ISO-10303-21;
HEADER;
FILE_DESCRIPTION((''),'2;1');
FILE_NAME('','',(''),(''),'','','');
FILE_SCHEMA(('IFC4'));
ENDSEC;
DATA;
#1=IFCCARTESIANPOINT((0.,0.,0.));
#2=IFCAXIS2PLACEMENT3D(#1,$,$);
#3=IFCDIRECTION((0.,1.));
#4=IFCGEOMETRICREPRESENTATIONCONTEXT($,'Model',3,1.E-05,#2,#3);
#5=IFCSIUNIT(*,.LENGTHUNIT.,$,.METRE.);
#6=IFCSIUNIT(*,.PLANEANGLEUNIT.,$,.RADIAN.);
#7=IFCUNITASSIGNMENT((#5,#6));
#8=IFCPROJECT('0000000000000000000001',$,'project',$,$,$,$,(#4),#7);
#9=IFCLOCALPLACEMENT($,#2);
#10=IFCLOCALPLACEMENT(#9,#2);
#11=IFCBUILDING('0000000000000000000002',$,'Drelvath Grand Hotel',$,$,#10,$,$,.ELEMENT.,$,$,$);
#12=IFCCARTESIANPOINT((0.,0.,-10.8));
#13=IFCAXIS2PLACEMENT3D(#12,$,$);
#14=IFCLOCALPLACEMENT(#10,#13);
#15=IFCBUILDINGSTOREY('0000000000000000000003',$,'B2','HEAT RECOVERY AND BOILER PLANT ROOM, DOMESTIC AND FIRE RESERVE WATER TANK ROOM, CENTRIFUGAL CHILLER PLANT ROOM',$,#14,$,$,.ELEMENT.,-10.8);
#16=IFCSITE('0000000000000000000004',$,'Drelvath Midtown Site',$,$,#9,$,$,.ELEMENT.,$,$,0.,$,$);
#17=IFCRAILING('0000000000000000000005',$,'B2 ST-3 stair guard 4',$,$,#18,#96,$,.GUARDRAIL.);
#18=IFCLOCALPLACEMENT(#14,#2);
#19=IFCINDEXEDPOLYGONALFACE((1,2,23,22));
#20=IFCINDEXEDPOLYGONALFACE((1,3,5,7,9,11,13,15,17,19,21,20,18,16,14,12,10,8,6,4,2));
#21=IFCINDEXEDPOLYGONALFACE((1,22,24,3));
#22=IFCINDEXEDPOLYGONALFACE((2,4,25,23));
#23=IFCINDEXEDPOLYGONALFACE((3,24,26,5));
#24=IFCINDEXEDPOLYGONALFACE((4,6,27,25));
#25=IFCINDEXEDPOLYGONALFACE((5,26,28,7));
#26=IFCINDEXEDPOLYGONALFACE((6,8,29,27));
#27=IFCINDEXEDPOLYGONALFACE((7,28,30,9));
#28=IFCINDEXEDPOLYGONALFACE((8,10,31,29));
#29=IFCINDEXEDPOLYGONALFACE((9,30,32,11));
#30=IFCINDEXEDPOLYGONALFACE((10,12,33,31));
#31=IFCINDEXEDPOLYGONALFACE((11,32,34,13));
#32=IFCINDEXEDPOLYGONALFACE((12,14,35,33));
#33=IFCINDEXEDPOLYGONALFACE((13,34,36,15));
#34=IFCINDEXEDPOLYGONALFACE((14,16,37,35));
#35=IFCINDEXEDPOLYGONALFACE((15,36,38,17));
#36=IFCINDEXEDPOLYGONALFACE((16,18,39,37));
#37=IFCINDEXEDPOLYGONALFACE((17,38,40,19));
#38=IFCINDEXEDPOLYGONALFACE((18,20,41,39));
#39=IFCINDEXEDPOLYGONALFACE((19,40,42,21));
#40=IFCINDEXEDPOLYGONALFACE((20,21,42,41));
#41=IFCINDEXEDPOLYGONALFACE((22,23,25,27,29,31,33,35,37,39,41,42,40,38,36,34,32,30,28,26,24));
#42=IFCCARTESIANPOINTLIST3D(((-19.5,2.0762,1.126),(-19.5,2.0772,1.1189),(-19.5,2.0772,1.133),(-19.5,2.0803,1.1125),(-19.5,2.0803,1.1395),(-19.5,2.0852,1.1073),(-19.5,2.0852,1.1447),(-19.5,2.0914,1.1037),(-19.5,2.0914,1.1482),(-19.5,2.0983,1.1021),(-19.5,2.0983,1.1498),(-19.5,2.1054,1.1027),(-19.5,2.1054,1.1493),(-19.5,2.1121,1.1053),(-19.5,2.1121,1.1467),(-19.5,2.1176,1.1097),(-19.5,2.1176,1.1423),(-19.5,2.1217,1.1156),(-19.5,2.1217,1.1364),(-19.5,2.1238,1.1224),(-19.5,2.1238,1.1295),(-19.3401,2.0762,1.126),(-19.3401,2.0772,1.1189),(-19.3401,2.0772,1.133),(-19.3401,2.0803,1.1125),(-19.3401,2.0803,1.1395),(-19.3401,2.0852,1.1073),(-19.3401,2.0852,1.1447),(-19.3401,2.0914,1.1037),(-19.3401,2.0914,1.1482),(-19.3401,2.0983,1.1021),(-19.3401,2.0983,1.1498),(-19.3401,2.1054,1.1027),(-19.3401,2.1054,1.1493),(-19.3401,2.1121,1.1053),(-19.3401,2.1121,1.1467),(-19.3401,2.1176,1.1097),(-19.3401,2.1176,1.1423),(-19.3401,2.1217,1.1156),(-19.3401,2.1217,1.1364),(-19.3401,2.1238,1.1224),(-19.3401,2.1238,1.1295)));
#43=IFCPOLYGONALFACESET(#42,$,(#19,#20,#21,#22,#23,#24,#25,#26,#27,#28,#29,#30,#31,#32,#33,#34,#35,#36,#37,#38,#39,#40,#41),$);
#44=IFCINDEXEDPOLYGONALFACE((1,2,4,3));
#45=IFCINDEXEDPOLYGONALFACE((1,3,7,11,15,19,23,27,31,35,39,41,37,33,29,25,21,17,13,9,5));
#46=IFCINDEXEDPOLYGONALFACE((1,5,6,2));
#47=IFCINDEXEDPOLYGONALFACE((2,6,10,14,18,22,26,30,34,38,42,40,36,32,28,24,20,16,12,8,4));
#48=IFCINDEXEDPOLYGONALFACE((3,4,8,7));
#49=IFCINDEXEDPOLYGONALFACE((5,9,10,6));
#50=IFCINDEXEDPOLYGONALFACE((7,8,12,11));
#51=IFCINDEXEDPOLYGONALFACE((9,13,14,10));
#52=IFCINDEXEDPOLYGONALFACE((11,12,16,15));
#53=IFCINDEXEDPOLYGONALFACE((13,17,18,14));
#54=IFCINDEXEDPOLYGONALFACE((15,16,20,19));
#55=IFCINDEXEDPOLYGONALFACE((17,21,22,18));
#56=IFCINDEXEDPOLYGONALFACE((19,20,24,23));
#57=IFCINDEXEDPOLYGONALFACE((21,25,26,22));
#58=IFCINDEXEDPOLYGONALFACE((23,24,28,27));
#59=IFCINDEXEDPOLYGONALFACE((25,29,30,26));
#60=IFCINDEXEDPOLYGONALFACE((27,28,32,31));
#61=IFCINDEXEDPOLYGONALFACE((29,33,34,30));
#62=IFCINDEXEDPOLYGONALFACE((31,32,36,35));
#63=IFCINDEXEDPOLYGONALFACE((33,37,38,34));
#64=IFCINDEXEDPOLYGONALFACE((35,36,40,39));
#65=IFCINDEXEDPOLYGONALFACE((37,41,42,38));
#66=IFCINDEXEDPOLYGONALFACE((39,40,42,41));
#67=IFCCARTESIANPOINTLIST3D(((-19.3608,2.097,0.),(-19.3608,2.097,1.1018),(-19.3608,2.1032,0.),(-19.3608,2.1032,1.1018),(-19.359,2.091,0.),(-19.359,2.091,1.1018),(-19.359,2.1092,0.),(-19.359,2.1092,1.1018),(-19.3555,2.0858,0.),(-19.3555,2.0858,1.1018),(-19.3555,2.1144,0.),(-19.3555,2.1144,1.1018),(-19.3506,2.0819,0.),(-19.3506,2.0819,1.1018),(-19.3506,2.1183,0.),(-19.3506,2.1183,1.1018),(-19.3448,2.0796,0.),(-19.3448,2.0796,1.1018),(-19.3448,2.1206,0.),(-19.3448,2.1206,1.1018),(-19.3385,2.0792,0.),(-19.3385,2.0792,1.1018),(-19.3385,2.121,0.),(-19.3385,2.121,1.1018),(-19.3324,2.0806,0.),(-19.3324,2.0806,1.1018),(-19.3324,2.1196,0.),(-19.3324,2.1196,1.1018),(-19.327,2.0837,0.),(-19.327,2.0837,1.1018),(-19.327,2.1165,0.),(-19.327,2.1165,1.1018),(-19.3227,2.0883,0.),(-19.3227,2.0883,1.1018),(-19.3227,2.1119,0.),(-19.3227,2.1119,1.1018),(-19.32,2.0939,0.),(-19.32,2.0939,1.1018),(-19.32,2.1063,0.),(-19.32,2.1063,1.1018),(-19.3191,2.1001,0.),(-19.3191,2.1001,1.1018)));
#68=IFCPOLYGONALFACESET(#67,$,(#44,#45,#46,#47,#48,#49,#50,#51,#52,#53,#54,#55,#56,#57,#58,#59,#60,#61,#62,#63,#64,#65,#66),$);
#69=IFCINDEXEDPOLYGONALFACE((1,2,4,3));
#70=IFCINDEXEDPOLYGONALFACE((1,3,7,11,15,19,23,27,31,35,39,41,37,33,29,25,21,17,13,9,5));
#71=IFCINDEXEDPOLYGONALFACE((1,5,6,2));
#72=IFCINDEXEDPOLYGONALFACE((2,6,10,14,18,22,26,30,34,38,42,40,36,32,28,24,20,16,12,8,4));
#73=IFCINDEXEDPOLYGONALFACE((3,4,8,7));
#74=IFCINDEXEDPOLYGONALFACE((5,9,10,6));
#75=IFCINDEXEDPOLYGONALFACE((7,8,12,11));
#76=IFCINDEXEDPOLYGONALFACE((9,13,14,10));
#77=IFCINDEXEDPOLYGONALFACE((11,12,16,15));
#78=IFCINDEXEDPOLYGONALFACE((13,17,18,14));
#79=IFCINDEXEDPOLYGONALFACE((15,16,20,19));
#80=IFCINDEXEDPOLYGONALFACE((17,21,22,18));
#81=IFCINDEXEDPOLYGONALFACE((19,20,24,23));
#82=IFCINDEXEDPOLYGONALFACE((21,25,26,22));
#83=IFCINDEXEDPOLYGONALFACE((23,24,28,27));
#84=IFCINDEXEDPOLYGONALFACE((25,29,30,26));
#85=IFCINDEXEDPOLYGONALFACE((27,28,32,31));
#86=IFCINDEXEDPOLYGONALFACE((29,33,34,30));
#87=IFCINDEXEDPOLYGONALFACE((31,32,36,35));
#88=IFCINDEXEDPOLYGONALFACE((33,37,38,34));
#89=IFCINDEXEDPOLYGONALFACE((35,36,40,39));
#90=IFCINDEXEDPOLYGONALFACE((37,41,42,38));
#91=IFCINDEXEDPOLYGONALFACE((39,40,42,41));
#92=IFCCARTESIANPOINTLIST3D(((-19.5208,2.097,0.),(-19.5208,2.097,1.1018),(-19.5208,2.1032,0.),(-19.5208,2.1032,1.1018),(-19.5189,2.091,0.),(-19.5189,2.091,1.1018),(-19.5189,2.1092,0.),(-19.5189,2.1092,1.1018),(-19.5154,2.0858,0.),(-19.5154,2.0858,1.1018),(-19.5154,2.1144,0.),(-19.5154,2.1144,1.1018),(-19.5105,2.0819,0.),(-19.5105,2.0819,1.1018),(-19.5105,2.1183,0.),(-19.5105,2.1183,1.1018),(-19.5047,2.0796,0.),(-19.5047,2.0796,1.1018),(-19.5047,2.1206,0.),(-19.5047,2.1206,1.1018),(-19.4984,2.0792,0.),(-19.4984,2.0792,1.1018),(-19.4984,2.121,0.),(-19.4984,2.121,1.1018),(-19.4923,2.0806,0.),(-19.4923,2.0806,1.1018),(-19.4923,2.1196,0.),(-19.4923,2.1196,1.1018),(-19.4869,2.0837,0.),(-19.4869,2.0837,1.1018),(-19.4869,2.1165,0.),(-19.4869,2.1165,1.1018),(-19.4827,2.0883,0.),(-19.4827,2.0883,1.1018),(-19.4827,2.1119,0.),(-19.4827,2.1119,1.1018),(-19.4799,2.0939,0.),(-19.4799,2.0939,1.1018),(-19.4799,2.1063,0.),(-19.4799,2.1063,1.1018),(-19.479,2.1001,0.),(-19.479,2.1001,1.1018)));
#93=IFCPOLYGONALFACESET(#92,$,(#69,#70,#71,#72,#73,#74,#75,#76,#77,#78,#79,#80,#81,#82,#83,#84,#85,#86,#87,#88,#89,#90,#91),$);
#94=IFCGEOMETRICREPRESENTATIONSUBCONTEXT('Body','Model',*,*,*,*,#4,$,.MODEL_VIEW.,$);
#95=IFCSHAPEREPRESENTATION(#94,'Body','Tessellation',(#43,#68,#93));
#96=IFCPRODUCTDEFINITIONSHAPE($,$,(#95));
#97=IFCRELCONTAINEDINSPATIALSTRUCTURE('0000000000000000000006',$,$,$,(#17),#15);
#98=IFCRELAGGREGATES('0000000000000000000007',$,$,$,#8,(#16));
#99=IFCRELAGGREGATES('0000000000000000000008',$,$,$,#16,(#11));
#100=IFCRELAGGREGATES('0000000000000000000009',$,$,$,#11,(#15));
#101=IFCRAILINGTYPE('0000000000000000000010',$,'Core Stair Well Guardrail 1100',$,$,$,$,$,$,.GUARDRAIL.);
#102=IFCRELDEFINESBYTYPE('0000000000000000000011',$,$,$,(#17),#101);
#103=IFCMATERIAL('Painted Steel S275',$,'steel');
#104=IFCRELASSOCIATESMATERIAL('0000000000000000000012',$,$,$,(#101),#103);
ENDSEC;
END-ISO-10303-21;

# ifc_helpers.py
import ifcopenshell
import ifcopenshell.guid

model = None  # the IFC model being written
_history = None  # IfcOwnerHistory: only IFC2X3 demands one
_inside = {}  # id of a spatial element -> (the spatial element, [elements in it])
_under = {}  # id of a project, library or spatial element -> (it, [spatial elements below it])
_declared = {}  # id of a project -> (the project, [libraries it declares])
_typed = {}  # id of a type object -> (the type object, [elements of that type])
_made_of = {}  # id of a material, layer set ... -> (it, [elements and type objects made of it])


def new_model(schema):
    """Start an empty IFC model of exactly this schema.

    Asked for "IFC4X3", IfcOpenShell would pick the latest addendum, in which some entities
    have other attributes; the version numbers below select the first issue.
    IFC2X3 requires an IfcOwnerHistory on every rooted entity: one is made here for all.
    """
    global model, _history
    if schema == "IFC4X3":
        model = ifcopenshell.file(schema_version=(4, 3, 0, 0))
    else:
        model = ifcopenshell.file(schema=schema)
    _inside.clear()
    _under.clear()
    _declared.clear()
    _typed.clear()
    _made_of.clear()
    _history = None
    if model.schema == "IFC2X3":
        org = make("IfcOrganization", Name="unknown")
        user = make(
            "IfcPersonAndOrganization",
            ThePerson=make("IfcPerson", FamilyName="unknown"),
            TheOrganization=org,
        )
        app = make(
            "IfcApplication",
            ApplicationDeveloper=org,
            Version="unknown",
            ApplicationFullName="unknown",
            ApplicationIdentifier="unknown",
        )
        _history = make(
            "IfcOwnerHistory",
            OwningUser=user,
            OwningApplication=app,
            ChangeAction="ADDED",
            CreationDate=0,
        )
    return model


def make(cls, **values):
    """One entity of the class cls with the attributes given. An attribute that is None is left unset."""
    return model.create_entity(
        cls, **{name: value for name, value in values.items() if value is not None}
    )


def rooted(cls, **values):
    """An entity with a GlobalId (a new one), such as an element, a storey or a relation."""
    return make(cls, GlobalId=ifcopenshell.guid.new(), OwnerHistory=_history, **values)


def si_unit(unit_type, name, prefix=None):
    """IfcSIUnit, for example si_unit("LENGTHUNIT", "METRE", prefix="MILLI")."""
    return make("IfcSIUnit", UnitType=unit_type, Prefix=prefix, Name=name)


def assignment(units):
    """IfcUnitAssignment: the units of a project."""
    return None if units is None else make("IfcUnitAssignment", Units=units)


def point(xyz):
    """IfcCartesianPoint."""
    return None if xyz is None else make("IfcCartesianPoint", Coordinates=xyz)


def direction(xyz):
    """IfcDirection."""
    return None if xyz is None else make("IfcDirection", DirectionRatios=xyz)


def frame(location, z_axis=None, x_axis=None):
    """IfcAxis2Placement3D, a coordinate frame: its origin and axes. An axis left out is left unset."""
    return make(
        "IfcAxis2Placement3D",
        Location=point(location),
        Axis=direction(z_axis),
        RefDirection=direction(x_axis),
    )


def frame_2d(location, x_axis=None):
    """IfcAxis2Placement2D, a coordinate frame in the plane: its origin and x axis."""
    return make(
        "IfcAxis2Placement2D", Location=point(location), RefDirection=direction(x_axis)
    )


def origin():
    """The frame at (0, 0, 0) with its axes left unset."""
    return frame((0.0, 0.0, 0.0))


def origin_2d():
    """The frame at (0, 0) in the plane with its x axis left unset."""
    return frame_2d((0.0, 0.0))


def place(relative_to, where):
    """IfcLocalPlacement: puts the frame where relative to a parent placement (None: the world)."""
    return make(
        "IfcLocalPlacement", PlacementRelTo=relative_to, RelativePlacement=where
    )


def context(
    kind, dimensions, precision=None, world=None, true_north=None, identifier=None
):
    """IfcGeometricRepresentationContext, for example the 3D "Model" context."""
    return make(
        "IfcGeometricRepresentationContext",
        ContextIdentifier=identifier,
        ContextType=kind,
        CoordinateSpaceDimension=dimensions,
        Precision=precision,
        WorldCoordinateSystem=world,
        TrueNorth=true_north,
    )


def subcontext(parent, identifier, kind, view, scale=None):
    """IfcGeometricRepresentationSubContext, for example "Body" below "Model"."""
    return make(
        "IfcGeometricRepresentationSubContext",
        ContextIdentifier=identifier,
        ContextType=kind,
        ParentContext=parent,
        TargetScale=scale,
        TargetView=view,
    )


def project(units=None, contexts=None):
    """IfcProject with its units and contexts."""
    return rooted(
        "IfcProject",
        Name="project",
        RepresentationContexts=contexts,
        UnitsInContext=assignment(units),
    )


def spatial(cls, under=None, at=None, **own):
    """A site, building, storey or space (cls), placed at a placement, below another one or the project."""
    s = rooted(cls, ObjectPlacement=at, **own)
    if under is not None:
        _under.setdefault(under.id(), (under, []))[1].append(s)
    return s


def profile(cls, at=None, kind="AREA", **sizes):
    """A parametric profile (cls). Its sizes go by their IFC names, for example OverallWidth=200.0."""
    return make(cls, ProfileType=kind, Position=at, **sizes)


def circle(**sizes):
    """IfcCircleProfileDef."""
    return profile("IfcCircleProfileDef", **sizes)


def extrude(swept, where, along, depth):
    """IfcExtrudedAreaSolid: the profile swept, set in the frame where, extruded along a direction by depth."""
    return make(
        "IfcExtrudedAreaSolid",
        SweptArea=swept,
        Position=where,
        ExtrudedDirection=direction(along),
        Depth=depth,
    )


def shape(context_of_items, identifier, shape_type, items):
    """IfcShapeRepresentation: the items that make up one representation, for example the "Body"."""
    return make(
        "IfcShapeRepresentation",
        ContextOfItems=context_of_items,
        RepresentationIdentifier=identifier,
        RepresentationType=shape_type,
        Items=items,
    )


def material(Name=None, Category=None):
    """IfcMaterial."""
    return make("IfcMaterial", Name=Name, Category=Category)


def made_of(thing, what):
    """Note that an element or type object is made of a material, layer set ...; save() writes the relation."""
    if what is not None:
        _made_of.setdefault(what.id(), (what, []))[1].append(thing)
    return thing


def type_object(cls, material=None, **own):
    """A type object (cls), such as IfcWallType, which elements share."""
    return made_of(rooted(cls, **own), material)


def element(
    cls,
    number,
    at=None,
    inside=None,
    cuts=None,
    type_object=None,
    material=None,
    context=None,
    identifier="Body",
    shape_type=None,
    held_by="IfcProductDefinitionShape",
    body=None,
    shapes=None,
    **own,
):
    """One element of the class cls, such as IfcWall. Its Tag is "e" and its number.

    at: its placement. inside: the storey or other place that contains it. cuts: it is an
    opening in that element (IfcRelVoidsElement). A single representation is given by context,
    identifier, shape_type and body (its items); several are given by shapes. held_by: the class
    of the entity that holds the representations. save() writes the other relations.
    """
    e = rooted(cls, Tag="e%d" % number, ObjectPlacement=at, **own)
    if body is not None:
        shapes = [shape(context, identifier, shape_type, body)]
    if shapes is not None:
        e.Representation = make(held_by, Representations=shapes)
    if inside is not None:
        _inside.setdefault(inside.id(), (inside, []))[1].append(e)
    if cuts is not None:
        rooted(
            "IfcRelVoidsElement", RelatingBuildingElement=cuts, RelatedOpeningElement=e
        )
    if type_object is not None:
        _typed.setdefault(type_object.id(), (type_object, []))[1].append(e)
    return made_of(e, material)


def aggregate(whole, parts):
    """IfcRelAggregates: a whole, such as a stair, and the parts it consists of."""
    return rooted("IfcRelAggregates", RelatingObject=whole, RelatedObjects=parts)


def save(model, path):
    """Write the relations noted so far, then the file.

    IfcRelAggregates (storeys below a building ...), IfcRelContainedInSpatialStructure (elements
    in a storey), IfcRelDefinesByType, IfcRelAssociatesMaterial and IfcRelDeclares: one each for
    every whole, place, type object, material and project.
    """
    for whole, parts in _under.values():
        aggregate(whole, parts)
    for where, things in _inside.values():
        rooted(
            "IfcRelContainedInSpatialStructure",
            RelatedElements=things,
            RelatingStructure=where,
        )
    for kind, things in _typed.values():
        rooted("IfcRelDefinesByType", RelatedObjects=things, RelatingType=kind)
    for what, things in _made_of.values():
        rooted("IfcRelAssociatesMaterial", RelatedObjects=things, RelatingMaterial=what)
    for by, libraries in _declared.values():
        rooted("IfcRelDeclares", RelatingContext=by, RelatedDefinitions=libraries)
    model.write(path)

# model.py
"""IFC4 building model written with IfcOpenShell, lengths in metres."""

from ifc_helpers import new_model, si_unit, direction, frame, origin, origin_2d, place, context, subcontext, project, spatial, circle, extrude, material, type_object, element, save


model = new_model("IFC4")

# Units and contexts
model_context = context("Model", 3, precision=1e-05, world=origin(), true_north=direction((0.0, 1.0)))
body_context = subcontext(model_context, "Body", "Model", "MODEL_VIEW")
ifc_project = project(units=[si_unit("LENGTHUNIT", "METRE"), si_unit("PLANEANGLEUNIT", "RADIAN")], contexts=[model_context])

# Site, building, storey
site_placement = place(None, origin())
site = spatial("IfcSite", under=ifc_project, at=site_placement, Name="Drelvath Midtown Site", CompositionType="ELEMENT", RefElevation=0.0)
building_placement = place(site_placement, origin())
building = spatial("IfcBuilding", under=site, at=building_placement, Name="Drelvath Grand Hotel", CompositionType="ELEMENT")
storey_placement = place(building_placement, frame((0.0, 0.0, -10.8)))
storey = spatial("IfcBuildingStorey", under=building, at=storey_placement, Name="B2", Description="HEAT RECOVERY AND BOILER PLANT ROOM, DOMESTIC AND FIRE RESERVE WATER TANK ROOM, CENTRIFUGAL CHILLER PLANT ROOM", CompositionType="ELEMENT", Elevation=-10.8)

# Shared definitions
ifc_material_1 = material(Name="Painted Steel S275", Category="steel")

# Railing
railing_type_1 = type_object("IfcRailingType", Name="Core Stair Well Guardrail 1100", PredefinedType="GUARDRAIL", material=ifc_material_1)
railing_1_placement = place(storey_placement, frame((-19.3401, 2.1001, 0.0)))
element("IfcRailing", 1, at=railing_1_placement, inside=storey, type_object=railing_type_1, Name="B2 ST-3 stair guard 4", PredefinedType="GUARDRAIL", context=body_context, shape_type="SweptSolid", body=[
    extrude(circle(Radius=0.0239, at=origin_2d()), frame((0.0, 0.0, 1.126), z_axis=(-1.0, 0.0, 0.0), x_axis=(0.0, -1.0, 0.0)), (0.0, 0.0, 1.0), 0.1599),
    extrude(circle(Radius=0.021, at=origin_2d()), origin(), (0.0, 0.0, 1.0), 1.1018),
    extrude(circle(Radius=0.021, at=origin_2d()), frame((-0.1599, 0.0, 0.0)), (0.0, 0.0, 1.0), 1.1018),
])

save(model, "model.ifc")
